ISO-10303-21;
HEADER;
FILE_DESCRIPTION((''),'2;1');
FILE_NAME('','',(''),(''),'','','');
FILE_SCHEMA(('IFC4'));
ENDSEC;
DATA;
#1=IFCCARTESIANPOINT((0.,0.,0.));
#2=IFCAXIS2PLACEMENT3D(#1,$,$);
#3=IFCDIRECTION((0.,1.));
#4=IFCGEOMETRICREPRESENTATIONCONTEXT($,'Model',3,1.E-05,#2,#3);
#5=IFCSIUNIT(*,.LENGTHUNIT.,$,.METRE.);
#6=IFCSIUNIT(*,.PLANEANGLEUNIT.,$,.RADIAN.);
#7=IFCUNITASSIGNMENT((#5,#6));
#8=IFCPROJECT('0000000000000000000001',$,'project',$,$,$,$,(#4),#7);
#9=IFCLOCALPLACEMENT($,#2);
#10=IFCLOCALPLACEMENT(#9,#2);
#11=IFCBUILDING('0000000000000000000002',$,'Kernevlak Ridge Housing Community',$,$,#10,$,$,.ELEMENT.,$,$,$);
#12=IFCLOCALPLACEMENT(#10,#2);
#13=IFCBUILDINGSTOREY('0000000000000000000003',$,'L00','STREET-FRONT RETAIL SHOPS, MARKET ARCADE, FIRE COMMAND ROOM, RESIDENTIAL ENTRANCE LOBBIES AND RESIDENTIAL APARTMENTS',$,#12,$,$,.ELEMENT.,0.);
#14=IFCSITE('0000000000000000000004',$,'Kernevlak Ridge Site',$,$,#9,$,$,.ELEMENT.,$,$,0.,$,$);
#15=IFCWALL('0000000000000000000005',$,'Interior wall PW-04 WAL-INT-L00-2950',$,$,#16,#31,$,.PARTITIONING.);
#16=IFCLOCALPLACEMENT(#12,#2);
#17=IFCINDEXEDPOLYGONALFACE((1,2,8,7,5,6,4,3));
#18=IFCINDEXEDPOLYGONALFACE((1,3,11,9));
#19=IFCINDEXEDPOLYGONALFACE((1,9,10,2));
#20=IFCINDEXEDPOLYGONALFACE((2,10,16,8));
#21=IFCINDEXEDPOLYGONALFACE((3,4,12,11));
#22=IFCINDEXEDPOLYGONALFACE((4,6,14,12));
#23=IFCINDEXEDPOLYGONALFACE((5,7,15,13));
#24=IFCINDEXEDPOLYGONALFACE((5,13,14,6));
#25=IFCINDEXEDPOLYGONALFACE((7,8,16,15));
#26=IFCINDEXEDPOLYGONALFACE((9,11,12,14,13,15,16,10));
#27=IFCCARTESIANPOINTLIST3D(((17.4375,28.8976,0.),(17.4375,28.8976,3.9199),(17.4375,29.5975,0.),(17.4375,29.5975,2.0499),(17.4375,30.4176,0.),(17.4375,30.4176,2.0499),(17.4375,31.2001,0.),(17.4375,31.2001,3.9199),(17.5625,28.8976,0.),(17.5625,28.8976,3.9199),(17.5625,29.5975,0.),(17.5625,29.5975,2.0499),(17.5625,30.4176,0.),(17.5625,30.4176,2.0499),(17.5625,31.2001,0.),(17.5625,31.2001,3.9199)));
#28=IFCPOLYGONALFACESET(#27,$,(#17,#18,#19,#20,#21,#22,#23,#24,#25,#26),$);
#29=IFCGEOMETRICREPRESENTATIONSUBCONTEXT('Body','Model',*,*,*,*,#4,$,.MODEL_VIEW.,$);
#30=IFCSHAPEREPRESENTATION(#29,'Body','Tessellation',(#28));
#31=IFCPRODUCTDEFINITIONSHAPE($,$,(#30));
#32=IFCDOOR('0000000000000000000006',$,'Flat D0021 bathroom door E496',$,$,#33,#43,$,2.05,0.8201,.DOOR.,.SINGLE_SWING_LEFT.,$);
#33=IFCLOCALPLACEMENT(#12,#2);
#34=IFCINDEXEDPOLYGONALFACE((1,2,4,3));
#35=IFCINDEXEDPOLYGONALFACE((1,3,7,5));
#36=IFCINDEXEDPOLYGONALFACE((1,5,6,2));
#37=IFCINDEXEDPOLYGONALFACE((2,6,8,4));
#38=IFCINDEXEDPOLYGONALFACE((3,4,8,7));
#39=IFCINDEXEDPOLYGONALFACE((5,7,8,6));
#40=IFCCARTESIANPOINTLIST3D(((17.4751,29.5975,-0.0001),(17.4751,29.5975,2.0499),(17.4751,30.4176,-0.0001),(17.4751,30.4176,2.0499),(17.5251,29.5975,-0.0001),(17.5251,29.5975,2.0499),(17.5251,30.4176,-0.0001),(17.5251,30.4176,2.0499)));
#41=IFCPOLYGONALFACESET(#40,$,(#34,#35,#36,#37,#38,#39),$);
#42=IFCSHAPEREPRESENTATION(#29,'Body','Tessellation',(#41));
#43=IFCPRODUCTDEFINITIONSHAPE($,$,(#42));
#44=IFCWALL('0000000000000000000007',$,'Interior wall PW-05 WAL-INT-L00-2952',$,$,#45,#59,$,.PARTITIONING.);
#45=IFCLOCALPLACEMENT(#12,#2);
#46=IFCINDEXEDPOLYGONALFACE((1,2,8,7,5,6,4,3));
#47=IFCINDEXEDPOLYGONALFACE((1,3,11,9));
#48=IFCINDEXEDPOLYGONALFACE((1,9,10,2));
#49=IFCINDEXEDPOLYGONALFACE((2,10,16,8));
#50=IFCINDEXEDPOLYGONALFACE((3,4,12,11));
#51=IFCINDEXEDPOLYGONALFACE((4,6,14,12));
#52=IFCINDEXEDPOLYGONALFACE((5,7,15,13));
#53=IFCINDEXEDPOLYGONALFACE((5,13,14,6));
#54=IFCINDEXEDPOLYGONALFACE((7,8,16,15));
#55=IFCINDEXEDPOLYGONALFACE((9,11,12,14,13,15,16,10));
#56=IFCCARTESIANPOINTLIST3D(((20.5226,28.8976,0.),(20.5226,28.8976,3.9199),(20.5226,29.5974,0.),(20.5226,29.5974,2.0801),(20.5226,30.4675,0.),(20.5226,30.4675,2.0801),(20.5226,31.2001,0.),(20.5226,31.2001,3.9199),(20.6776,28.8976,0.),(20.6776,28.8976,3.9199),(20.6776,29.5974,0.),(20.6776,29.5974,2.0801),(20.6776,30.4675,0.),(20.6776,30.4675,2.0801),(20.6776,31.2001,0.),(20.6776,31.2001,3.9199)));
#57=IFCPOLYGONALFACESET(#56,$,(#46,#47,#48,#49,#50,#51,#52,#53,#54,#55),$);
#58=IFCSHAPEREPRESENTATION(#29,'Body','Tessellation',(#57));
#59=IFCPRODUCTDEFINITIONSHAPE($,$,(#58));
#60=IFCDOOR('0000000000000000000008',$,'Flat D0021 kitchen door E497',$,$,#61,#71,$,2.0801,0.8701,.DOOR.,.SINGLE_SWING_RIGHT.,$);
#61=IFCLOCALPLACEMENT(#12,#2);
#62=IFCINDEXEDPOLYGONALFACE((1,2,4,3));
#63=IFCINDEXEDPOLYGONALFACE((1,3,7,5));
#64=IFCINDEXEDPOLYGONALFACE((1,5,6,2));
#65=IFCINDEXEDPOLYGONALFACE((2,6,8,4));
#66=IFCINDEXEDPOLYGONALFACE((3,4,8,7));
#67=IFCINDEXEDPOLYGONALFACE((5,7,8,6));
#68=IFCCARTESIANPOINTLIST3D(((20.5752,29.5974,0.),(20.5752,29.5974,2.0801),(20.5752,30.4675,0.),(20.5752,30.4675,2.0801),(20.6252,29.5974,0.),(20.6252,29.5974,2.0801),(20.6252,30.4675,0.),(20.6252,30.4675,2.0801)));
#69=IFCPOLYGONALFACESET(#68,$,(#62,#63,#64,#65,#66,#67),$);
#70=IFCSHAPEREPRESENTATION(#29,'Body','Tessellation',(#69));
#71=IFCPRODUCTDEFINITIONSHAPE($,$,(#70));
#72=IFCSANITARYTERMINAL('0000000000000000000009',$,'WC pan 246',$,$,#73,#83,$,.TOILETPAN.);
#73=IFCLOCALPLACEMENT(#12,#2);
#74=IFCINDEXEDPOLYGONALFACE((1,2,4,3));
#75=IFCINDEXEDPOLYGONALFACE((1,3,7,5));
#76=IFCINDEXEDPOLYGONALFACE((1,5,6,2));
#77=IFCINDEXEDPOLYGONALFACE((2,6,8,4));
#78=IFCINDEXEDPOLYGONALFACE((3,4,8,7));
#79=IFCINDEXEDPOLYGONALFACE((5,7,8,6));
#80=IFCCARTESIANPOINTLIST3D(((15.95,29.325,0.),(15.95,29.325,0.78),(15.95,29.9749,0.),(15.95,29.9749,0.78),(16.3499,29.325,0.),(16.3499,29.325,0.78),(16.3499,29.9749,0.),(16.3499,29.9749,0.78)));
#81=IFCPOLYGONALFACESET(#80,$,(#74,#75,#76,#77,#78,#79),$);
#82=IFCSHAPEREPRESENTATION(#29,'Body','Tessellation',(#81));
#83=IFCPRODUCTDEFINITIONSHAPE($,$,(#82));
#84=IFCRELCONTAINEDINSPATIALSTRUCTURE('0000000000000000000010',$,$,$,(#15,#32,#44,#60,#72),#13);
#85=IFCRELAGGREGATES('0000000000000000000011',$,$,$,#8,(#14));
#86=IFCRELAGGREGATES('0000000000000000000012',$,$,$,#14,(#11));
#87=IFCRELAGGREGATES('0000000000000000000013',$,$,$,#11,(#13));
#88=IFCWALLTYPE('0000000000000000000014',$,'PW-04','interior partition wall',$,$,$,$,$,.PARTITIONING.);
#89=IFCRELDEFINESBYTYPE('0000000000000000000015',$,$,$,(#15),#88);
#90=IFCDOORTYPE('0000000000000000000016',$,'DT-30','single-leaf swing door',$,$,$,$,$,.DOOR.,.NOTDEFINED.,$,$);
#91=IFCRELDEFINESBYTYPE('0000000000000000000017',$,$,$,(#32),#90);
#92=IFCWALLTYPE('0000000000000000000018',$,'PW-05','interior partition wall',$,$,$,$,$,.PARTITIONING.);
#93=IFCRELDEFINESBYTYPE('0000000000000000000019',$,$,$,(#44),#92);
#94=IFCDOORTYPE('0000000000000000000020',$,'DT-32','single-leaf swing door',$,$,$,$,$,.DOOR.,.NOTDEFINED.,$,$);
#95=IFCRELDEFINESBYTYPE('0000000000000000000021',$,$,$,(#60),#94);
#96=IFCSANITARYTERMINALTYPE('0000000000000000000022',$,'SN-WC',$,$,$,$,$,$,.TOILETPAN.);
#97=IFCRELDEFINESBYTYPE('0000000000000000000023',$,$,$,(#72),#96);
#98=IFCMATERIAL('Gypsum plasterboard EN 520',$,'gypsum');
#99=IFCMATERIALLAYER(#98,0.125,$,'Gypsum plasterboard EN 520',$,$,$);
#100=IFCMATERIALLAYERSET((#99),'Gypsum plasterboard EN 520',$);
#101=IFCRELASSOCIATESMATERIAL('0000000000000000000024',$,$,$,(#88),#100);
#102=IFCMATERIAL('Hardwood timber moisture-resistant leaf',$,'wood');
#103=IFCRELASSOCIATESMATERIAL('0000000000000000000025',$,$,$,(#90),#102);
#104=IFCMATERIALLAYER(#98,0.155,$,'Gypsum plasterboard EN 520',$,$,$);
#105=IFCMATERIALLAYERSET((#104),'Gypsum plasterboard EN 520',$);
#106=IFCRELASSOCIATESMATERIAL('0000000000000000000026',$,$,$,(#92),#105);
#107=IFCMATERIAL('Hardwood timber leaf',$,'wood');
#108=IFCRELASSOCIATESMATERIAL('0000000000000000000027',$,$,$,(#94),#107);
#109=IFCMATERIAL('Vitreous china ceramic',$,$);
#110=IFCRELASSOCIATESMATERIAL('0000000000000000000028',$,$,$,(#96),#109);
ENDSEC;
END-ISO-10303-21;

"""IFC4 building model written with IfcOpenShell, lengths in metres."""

from ifc_helpers import new_model, si_unit, direction, frame, frame_2d, origin, origin_2d, place, context, subcontext, project, spatial, rectangle, extrude, material, layer, layer_set, type_object, element, fill, save


model = new_model("IFC4")

# Units and contexts
model_context = context("Model", 3, precision=1e-05, world=origin(), true_north=direction((0.0, 1.0)))
body_context = subcontext(model_context, "Body", "Model", "MODEL_VIEW")
ifc_project = project(units=[si_unit("LENGTHUNIT", "METRE"), si_unit("PLANEANGLEUNIT", "RADIAN")], contexts=[model_context])

# Site, building, storey
site_placement = place(None, origin())
site = spatial("IfcSite", under=ifc_project, at=site_placement, Name="Kernevlak Ridge Site", CompositionType="ELEMENT", RefElevation=0.0)
building_placement = place(site_placement, origin())
building = spatial("IfcBuilding", under=site, at=building_placement, Name="Kernevlak Ridge Housing Community", CompositionType="ELEMENT")
storey_placement = place(building_placement, origin())
storey = spatial("IfcBuildingStorey", under=building, at=storey_placement, Name="L00", Description="STREET-FRONT RETAIL SHOPS, MARKET ARCADE, FIRE COMMAND ROOM, RESIDENTIAL ENTRANCE LOBBIES AND RESIDENTIAL APARTMENTS", CompositionType="ELEMENT", Elevation=0.0)

# Walls, openings, doors
ifc_material_1 = material(Name="Gypsum plasterboard EN 520", Category="gypsum")
ifc_layer_1 = layer(ifc_material_1, 0.125, Name="Gypsum plasterboard EN 520")
ifc_layer_set_1 = layer_set([ifc_layer_1], Name="Gypsum plasterboard EN 520")
wall_type_1 = type_object("IfcWallType", Name="PW-04", Description="interior partition wall", PredefinedType="PARTITIONING", material=ifc_layer_set_1)
wall_1_placement = place(storey_placement, frame((17.5, 28.8975, 0.0), z_axis=(0.0, 0.0, 1.0), x_axis=(0.0, 1.0, 0.0)))
wall_1 = element("IfcWall", 1, at=wall_1_placement, inside=storey, type_object=wall_type_1, Name="Interior wall PW-04 WAL-INT-L00-2950", PredefinedType="PARTITIONING", context=body_context, shape_type="SweptSolid", body=[
    extrude(rectangle(XDim=2.3025, YDim=0.125, at=frame_2d((1.1514, 0.0))), origin(), (0.0, 0.0, 1.0), 3.9199),
])
opening_1_placement = place(wall_1_placement, frame((0.7, 0.0, 0.0)))
opening_1 = element("IfcOpeningElement", 2, at=opening_1_placement, cuts=wall_1, PredefinedType="OPENING", context=body_context, shape_type="SweptSolid", body=[
    extrude(rectangle(XDim=0.8201, YDim=2.05, at=frame_2d((0.4102, 1.0249))), frame((0.0, 0.0725, 0.0), z_axis=(0.0, -1.0, 0.0), x_axis=(1.0, 0.0, 0.0)), (0.0, 0.0, 1.0), 0.145),
])
ifc_material_2 = material(Name="Hardwood timber moisture-resistant leaf", Category="wood")
door_type_1 = type_object("IfcDoorType", Name="DT-30", Description="single-leaf swing door", OperationType="NOTDEFINED", PredefinedType="DOOR", material=ifc_material_2)
door_1_placement = place(opening_1_placement, origin())
door_1 = element("IfcDoor", 3, at=door_1_placement, inside=storey, type_object=door_type_1, Name="Flat D0021 bathroom door E496", OperationType="SINGLE_SWING_LEFT", OverallHeight=2.05, OverallWidth=0.8201, PredefinedType="DOOR", context=body_context, shape_type="SweptSolid", body=[
    extrude(rectangle(XDim=0.8201, YDim=2.05, at=frame_2d((0.4102, 1.0249))), frame((0.0, 0.0249, 0.0), z_axis=(0.0, -1.0, 0.0), x_axis=(1.0, 0.0, 0.0)), (0.0, 0.0, 1.0), 0.05),
])
fill(opening_1, door_1)
ifc_layer_2 = layer(ifc_material_1, 0.155, Name="Gypsum plasterboard EN 520")
ifc_layer_set_2 = layer_set([ifc_layer_2], Name="Gypsum plasterboard EN 520")
wall_type_2 = type_object("IfcWallType", Name="PW-05", Description="interior partition wall", PredefinedType="PARTITIONING", material=ifc_layer_set_2)
wall_2_placement = place(storey_placement, frame((20.6001, 28.8975, 0.0), z_axis=(0.0, 0.0, 1.0), x_axis=(0.0, 1.0, 0.0)))
wall_2 = element("IfcWall", 4, at=wall_2_placement, inside=storey, type_object=wall_type_2, Name="Interior wall PW-05 WAL-INT-L00-2952", PredefinedType="PARTITIONING", context=body_context, shape_type="SweptSolid", body=[
    extrude(rectangle(XDim=2.3025, YDim=0.155, at=frame_2d((1.1514, 0.0))), origin(), (0.0, 0.0, 1.0), 3.9199),
])
opening_2_placement = place(wall_2_placement, frame((0.7, 0.0, 0.0)))
opening_2 = element("IfcOpeningElement", 5, at=opening_2_placement, cuts=wall_2, PredefinedType="OPENING", context=body_context, shape_type="SweptSolid", body=[
    extrude(rectangle(XDim=0.8701, YDim=2.0801, at=frame_2d((0.4351, 1.04))), frame((0.0, 0.0874, 0.0), z_axis=(0.0, -1.0, 0.0), x_axis=(1.0, 0.0, 0.0)), (0.0, 0.0, 1.0), 0.175),
])
ifc_material_3 = material(Name="Hardwood timber leaf", Category="wood")
door_type_2 = type_object("IfcDoorType", Name="DT-32", Description="single-leaf swing door", OperationType="NOTDEFINED", PredefinedType="DOOR", material=ifc_material_3)
door_2_placement = place(opening_2_placement, origin())
door_2 = element("IfcDoor", 6, at=door_2_placement, inside=storey, type_object=door_type_2, Name="Flat D0021 kitchen door E497", OperationType="SINGLE_SWING_RIGHT", OverallHeight=2.0801, OverallWidth=0.8701, PredefinedType="DOOR", context=body_context, shape_type="SweptSolid", body=[
    extrude(rectangle(XDim=0.8701, YDim=2.0801, at=frame_2d((0.4351, 1.04))), frame((0.0, 0.0249, 0.0), z_axis=(0.0, -1.0, 0.0), x_axis=(1.0, 0.0, 0.0)), (0.0, 0.0, 1.0), 0.05),
])
fill(opening_2, door_2)

# Sanitary terminal
ifc_material_4 = material(Name="Vitreous china ceramic")
sanitary_terminal_type = type_object("IfcSanitaryTerminalType", Name="SN-WC", PredefinedType="TOILETPAN", material=ifc_material_4)
sanitary_terminal_placement = place(storey_placement, frame((16.1499, 29.6499, 0.0), z_axis=(0.0, 0.0, 1.0), x_axis=(1.0, 0.0, 0.0)))
element("IfcSanitaryTerminal", 7, at=sanitary_terminal_placement, inside=storey, type_object=sanitary_terminal_type, Name="WC pan 246", PredefinedType="TOILETPAN", context=body_context, shape_type="SweptSolid", body=[
    extrude(rectangle(XDim=0.3999, YDim=0.6499, at=origin_2d()), origin(), (0.0, 0.0, 1.0), 0.78),
])

save(model, "model.ifc")
